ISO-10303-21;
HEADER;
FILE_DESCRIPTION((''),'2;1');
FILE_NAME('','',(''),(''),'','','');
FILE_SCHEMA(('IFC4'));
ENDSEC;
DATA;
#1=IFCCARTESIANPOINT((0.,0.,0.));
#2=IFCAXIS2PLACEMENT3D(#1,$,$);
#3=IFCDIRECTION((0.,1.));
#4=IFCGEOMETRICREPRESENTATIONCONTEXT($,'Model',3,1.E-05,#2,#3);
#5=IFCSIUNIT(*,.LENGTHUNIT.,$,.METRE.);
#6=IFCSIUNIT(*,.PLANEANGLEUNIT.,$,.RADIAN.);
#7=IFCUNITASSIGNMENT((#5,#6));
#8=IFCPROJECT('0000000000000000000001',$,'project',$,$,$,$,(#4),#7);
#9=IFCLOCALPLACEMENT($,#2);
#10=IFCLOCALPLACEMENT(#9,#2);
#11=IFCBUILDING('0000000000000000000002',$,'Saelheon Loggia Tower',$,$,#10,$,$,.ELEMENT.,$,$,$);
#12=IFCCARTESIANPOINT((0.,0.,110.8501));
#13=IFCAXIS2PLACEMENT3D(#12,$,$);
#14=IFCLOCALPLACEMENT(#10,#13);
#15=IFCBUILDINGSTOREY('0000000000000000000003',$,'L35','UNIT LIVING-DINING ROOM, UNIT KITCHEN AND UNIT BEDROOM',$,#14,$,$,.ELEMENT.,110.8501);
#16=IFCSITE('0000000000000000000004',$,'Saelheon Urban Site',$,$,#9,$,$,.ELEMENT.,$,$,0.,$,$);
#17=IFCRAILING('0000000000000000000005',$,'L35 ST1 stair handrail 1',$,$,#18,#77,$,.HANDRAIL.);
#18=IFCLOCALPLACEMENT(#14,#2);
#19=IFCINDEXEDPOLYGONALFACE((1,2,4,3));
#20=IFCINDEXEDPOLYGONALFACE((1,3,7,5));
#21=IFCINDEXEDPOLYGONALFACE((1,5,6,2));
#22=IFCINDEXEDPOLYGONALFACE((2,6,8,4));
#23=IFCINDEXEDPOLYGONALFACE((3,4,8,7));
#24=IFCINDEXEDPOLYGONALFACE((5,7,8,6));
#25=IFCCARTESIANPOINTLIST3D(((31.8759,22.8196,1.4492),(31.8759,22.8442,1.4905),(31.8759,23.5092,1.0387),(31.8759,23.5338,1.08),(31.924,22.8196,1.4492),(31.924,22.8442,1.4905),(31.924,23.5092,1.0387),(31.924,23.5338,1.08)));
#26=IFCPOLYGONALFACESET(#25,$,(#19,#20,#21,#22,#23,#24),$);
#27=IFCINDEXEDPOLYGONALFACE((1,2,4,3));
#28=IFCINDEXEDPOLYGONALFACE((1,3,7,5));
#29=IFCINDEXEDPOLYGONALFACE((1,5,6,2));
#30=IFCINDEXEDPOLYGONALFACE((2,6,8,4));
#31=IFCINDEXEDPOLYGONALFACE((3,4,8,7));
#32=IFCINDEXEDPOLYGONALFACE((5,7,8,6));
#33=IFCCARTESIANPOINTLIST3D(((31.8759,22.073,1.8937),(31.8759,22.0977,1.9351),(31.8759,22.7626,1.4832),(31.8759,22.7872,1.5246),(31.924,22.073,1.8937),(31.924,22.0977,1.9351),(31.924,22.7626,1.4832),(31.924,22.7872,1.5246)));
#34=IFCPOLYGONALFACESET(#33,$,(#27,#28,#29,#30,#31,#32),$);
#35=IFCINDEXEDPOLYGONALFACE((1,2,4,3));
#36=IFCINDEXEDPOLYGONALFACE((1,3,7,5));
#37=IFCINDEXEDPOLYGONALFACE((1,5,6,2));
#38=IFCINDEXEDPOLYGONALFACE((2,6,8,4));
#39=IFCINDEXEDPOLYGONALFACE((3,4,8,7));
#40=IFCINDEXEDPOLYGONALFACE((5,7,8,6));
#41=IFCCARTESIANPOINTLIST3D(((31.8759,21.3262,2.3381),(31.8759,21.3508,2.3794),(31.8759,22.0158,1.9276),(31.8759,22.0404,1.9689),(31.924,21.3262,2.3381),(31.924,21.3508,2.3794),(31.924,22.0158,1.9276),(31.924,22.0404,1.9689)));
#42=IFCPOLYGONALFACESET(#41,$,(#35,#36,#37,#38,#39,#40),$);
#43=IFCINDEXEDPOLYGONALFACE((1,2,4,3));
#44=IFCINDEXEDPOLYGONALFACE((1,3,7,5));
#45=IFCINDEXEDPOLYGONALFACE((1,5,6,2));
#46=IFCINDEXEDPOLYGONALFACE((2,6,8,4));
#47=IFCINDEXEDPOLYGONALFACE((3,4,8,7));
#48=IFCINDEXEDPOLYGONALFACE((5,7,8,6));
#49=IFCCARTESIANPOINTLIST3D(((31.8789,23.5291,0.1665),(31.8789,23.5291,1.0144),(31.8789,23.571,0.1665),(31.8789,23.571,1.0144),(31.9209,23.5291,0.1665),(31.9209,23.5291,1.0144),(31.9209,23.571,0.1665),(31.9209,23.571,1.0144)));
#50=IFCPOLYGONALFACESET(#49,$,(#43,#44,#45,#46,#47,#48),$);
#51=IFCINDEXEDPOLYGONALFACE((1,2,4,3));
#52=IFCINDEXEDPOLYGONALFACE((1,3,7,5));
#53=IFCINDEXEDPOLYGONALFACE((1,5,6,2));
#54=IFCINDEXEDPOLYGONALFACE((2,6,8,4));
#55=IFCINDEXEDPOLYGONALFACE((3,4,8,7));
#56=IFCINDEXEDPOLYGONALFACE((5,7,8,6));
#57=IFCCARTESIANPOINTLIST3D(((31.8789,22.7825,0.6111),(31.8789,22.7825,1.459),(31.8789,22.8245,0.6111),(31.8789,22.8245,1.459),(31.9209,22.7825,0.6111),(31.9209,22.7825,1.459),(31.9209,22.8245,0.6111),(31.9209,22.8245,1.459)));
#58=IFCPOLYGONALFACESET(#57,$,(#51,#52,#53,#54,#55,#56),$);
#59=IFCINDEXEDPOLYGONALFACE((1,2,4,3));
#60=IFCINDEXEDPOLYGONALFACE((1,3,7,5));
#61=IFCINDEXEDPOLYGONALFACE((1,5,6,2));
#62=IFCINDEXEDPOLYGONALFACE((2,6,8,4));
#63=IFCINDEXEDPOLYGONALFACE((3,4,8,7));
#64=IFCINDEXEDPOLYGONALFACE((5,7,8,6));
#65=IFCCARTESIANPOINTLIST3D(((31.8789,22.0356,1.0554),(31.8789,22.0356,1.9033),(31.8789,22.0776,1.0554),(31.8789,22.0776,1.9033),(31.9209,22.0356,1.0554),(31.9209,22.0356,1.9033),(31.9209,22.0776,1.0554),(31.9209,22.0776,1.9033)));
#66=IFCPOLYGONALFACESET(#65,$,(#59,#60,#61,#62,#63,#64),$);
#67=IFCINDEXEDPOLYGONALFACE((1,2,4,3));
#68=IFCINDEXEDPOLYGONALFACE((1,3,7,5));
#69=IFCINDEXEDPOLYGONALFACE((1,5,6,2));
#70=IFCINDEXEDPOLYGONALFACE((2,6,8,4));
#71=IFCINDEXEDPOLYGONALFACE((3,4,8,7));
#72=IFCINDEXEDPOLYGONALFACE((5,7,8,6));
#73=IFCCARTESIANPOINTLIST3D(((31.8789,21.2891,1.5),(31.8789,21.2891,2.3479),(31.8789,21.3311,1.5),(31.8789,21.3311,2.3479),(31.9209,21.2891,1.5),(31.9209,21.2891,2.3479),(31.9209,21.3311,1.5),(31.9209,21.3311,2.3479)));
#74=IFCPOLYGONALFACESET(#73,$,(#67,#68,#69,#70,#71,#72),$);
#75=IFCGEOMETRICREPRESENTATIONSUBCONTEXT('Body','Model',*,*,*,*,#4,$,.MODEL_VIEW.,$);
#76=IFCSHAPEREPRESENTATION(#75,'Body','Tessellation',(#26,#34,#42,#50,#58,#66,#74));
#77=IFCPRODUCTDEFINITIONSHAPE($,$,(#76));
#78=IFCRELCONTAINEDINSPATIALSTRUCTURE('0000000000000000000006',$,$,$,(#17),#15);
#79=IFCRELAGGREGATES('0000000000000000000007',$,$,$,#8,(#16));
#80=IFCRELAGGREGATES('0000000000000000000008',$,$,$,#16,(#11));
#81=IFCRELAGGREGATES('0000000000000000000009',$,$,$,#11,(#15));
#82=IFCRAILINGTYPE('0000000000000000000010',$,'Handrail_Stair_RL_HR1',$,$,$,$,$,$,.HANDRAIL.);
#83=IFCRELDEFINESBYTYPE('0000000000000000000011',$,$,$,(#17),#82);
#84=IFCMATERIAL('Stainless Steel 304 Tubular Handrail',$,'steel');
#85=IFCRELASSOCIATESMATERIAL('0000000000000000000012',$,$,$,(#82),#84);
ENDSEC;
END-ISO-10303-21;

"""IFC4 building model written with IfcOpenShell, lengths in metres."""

from ifc_helpers import new_model, si_unit, direction, frame, origin, origin_2d, place, context, subcontext, project, spatial, rectangle, extrude, material, type_object, element, save


model = new_model("IFC4")

# Units and contexts
model_context = context("Model", 3, precision=1e-05, world=origin(), true_north=direction((0.0, 1.0)))
body_context = subcontext(model_context, "Body", "Model", "MODEL_VIEW")
ifc_project = project(units=[si_unit("LENGTHUNIT", "METRE"), si_unit("PLANEANGLEUNIT", "RADIAN")], contexts=[model_context])

# Site, building, storey
site_placement = place(None, origin())
site = spatial("IfcSite", under=ifc_project, at=site_placement, Name="Saelheon Urban Site", CompositionType="ELEMENT", RefElevation=0.0)
building_placement = place(site_placement, origin())
building = spatial("IfcBuilding", under=site, at=building_placement, Name="Saelheon Loggia Tower", CompositionType="ELEMENT")
storey_placement = place(building_placement, frame((0.0, 0.0, 110.8501)))
storey = spatial("IfcBuildingStorey", under=building, at=storey_placement, Name="L35", Description="UNIT LIVING-DINING ROOM, UNIT KITCHEN AND UNIT BEDROOM", CompositionType="ELEMENT", Elevation=110.8501)

# Railing
ifc_material_1 = material(Name="Stainless Steel 304 Tubular Handrail", Category="steel")
railing_type_1 = type_object("IfcRailingType", Name="Handrail_Stair_RL_HR1", PredefinedType="HANDRAIL", material=ifc_material_1)
railing_1_placement = place(storey_placement, frame((31.8999, 23.55, 0.1665)))
element("IfcRailing", 1, at=railing_1_placement, inside=storey, type_object=railing_type_1, Name="L35 ST1 stair handrail 1", PredefinedType="HANDRAIL", context=body_context, shape_type="SweptSolid", body=[
    extrude(rectangle(XDim=0.0481, YDim=0.0481, at=origin_2d()), frame((0.0, -0.0286, 0.8928), z_axis=(0.0, -0.859264, 0.511532), x_axis=(1.0, 0.0, 0.0)), (0.0, 0.0, 1.0), 0.8025),
    extrude(rectangle(XDim=0.0481, YDim=0.0481, at=origin_2d()), frame((0.0, -0.7751, 1.3374), z_axis=(0.0, -0.859264, 0.511532), x_axis=(1.0, 0.0, 0.0)), (0.0, 0.0, 1.0), 0.8025),
    extrude(rectangle(XDim=0.0481, YDim=0.0481, at=origin_2d()), frame((0.0, -1.522, 1.7817), z_axis=(0.0, -0.859264, 0.511532), x_axis=(1.0, 0.0, 0.0)), (0.0, 0.0, 1.0), 0.8025),
    extrude(rectangle(XDim=0.042, YDim=0.042, at=origin_2d()), origin(), (0.0, 0.0, 1.0), 0.8479),
    extrude(rectangle(XDim=0.042, YDim=0.042, at=origin_2d()), frame((0.0, -0.7466, 0.4446)), (0.0, 0.0, 1.0), 0.8479),
    extrude(rectangle(XDim=0.042, YDim=0.042, at=origin_2d()), frame((0.0, -1.4934, 0.8889)), (0.0, 0.0, 1.0), 0.8479),
    extrude(rectangle(XDim=0.042, YDim=0.042, at=origin_2d()), frame((0.0, -2.24, 1.3335)), (0.0, 0.0, 1.0), 0.8479),
])

save(model, "model.ifc")
